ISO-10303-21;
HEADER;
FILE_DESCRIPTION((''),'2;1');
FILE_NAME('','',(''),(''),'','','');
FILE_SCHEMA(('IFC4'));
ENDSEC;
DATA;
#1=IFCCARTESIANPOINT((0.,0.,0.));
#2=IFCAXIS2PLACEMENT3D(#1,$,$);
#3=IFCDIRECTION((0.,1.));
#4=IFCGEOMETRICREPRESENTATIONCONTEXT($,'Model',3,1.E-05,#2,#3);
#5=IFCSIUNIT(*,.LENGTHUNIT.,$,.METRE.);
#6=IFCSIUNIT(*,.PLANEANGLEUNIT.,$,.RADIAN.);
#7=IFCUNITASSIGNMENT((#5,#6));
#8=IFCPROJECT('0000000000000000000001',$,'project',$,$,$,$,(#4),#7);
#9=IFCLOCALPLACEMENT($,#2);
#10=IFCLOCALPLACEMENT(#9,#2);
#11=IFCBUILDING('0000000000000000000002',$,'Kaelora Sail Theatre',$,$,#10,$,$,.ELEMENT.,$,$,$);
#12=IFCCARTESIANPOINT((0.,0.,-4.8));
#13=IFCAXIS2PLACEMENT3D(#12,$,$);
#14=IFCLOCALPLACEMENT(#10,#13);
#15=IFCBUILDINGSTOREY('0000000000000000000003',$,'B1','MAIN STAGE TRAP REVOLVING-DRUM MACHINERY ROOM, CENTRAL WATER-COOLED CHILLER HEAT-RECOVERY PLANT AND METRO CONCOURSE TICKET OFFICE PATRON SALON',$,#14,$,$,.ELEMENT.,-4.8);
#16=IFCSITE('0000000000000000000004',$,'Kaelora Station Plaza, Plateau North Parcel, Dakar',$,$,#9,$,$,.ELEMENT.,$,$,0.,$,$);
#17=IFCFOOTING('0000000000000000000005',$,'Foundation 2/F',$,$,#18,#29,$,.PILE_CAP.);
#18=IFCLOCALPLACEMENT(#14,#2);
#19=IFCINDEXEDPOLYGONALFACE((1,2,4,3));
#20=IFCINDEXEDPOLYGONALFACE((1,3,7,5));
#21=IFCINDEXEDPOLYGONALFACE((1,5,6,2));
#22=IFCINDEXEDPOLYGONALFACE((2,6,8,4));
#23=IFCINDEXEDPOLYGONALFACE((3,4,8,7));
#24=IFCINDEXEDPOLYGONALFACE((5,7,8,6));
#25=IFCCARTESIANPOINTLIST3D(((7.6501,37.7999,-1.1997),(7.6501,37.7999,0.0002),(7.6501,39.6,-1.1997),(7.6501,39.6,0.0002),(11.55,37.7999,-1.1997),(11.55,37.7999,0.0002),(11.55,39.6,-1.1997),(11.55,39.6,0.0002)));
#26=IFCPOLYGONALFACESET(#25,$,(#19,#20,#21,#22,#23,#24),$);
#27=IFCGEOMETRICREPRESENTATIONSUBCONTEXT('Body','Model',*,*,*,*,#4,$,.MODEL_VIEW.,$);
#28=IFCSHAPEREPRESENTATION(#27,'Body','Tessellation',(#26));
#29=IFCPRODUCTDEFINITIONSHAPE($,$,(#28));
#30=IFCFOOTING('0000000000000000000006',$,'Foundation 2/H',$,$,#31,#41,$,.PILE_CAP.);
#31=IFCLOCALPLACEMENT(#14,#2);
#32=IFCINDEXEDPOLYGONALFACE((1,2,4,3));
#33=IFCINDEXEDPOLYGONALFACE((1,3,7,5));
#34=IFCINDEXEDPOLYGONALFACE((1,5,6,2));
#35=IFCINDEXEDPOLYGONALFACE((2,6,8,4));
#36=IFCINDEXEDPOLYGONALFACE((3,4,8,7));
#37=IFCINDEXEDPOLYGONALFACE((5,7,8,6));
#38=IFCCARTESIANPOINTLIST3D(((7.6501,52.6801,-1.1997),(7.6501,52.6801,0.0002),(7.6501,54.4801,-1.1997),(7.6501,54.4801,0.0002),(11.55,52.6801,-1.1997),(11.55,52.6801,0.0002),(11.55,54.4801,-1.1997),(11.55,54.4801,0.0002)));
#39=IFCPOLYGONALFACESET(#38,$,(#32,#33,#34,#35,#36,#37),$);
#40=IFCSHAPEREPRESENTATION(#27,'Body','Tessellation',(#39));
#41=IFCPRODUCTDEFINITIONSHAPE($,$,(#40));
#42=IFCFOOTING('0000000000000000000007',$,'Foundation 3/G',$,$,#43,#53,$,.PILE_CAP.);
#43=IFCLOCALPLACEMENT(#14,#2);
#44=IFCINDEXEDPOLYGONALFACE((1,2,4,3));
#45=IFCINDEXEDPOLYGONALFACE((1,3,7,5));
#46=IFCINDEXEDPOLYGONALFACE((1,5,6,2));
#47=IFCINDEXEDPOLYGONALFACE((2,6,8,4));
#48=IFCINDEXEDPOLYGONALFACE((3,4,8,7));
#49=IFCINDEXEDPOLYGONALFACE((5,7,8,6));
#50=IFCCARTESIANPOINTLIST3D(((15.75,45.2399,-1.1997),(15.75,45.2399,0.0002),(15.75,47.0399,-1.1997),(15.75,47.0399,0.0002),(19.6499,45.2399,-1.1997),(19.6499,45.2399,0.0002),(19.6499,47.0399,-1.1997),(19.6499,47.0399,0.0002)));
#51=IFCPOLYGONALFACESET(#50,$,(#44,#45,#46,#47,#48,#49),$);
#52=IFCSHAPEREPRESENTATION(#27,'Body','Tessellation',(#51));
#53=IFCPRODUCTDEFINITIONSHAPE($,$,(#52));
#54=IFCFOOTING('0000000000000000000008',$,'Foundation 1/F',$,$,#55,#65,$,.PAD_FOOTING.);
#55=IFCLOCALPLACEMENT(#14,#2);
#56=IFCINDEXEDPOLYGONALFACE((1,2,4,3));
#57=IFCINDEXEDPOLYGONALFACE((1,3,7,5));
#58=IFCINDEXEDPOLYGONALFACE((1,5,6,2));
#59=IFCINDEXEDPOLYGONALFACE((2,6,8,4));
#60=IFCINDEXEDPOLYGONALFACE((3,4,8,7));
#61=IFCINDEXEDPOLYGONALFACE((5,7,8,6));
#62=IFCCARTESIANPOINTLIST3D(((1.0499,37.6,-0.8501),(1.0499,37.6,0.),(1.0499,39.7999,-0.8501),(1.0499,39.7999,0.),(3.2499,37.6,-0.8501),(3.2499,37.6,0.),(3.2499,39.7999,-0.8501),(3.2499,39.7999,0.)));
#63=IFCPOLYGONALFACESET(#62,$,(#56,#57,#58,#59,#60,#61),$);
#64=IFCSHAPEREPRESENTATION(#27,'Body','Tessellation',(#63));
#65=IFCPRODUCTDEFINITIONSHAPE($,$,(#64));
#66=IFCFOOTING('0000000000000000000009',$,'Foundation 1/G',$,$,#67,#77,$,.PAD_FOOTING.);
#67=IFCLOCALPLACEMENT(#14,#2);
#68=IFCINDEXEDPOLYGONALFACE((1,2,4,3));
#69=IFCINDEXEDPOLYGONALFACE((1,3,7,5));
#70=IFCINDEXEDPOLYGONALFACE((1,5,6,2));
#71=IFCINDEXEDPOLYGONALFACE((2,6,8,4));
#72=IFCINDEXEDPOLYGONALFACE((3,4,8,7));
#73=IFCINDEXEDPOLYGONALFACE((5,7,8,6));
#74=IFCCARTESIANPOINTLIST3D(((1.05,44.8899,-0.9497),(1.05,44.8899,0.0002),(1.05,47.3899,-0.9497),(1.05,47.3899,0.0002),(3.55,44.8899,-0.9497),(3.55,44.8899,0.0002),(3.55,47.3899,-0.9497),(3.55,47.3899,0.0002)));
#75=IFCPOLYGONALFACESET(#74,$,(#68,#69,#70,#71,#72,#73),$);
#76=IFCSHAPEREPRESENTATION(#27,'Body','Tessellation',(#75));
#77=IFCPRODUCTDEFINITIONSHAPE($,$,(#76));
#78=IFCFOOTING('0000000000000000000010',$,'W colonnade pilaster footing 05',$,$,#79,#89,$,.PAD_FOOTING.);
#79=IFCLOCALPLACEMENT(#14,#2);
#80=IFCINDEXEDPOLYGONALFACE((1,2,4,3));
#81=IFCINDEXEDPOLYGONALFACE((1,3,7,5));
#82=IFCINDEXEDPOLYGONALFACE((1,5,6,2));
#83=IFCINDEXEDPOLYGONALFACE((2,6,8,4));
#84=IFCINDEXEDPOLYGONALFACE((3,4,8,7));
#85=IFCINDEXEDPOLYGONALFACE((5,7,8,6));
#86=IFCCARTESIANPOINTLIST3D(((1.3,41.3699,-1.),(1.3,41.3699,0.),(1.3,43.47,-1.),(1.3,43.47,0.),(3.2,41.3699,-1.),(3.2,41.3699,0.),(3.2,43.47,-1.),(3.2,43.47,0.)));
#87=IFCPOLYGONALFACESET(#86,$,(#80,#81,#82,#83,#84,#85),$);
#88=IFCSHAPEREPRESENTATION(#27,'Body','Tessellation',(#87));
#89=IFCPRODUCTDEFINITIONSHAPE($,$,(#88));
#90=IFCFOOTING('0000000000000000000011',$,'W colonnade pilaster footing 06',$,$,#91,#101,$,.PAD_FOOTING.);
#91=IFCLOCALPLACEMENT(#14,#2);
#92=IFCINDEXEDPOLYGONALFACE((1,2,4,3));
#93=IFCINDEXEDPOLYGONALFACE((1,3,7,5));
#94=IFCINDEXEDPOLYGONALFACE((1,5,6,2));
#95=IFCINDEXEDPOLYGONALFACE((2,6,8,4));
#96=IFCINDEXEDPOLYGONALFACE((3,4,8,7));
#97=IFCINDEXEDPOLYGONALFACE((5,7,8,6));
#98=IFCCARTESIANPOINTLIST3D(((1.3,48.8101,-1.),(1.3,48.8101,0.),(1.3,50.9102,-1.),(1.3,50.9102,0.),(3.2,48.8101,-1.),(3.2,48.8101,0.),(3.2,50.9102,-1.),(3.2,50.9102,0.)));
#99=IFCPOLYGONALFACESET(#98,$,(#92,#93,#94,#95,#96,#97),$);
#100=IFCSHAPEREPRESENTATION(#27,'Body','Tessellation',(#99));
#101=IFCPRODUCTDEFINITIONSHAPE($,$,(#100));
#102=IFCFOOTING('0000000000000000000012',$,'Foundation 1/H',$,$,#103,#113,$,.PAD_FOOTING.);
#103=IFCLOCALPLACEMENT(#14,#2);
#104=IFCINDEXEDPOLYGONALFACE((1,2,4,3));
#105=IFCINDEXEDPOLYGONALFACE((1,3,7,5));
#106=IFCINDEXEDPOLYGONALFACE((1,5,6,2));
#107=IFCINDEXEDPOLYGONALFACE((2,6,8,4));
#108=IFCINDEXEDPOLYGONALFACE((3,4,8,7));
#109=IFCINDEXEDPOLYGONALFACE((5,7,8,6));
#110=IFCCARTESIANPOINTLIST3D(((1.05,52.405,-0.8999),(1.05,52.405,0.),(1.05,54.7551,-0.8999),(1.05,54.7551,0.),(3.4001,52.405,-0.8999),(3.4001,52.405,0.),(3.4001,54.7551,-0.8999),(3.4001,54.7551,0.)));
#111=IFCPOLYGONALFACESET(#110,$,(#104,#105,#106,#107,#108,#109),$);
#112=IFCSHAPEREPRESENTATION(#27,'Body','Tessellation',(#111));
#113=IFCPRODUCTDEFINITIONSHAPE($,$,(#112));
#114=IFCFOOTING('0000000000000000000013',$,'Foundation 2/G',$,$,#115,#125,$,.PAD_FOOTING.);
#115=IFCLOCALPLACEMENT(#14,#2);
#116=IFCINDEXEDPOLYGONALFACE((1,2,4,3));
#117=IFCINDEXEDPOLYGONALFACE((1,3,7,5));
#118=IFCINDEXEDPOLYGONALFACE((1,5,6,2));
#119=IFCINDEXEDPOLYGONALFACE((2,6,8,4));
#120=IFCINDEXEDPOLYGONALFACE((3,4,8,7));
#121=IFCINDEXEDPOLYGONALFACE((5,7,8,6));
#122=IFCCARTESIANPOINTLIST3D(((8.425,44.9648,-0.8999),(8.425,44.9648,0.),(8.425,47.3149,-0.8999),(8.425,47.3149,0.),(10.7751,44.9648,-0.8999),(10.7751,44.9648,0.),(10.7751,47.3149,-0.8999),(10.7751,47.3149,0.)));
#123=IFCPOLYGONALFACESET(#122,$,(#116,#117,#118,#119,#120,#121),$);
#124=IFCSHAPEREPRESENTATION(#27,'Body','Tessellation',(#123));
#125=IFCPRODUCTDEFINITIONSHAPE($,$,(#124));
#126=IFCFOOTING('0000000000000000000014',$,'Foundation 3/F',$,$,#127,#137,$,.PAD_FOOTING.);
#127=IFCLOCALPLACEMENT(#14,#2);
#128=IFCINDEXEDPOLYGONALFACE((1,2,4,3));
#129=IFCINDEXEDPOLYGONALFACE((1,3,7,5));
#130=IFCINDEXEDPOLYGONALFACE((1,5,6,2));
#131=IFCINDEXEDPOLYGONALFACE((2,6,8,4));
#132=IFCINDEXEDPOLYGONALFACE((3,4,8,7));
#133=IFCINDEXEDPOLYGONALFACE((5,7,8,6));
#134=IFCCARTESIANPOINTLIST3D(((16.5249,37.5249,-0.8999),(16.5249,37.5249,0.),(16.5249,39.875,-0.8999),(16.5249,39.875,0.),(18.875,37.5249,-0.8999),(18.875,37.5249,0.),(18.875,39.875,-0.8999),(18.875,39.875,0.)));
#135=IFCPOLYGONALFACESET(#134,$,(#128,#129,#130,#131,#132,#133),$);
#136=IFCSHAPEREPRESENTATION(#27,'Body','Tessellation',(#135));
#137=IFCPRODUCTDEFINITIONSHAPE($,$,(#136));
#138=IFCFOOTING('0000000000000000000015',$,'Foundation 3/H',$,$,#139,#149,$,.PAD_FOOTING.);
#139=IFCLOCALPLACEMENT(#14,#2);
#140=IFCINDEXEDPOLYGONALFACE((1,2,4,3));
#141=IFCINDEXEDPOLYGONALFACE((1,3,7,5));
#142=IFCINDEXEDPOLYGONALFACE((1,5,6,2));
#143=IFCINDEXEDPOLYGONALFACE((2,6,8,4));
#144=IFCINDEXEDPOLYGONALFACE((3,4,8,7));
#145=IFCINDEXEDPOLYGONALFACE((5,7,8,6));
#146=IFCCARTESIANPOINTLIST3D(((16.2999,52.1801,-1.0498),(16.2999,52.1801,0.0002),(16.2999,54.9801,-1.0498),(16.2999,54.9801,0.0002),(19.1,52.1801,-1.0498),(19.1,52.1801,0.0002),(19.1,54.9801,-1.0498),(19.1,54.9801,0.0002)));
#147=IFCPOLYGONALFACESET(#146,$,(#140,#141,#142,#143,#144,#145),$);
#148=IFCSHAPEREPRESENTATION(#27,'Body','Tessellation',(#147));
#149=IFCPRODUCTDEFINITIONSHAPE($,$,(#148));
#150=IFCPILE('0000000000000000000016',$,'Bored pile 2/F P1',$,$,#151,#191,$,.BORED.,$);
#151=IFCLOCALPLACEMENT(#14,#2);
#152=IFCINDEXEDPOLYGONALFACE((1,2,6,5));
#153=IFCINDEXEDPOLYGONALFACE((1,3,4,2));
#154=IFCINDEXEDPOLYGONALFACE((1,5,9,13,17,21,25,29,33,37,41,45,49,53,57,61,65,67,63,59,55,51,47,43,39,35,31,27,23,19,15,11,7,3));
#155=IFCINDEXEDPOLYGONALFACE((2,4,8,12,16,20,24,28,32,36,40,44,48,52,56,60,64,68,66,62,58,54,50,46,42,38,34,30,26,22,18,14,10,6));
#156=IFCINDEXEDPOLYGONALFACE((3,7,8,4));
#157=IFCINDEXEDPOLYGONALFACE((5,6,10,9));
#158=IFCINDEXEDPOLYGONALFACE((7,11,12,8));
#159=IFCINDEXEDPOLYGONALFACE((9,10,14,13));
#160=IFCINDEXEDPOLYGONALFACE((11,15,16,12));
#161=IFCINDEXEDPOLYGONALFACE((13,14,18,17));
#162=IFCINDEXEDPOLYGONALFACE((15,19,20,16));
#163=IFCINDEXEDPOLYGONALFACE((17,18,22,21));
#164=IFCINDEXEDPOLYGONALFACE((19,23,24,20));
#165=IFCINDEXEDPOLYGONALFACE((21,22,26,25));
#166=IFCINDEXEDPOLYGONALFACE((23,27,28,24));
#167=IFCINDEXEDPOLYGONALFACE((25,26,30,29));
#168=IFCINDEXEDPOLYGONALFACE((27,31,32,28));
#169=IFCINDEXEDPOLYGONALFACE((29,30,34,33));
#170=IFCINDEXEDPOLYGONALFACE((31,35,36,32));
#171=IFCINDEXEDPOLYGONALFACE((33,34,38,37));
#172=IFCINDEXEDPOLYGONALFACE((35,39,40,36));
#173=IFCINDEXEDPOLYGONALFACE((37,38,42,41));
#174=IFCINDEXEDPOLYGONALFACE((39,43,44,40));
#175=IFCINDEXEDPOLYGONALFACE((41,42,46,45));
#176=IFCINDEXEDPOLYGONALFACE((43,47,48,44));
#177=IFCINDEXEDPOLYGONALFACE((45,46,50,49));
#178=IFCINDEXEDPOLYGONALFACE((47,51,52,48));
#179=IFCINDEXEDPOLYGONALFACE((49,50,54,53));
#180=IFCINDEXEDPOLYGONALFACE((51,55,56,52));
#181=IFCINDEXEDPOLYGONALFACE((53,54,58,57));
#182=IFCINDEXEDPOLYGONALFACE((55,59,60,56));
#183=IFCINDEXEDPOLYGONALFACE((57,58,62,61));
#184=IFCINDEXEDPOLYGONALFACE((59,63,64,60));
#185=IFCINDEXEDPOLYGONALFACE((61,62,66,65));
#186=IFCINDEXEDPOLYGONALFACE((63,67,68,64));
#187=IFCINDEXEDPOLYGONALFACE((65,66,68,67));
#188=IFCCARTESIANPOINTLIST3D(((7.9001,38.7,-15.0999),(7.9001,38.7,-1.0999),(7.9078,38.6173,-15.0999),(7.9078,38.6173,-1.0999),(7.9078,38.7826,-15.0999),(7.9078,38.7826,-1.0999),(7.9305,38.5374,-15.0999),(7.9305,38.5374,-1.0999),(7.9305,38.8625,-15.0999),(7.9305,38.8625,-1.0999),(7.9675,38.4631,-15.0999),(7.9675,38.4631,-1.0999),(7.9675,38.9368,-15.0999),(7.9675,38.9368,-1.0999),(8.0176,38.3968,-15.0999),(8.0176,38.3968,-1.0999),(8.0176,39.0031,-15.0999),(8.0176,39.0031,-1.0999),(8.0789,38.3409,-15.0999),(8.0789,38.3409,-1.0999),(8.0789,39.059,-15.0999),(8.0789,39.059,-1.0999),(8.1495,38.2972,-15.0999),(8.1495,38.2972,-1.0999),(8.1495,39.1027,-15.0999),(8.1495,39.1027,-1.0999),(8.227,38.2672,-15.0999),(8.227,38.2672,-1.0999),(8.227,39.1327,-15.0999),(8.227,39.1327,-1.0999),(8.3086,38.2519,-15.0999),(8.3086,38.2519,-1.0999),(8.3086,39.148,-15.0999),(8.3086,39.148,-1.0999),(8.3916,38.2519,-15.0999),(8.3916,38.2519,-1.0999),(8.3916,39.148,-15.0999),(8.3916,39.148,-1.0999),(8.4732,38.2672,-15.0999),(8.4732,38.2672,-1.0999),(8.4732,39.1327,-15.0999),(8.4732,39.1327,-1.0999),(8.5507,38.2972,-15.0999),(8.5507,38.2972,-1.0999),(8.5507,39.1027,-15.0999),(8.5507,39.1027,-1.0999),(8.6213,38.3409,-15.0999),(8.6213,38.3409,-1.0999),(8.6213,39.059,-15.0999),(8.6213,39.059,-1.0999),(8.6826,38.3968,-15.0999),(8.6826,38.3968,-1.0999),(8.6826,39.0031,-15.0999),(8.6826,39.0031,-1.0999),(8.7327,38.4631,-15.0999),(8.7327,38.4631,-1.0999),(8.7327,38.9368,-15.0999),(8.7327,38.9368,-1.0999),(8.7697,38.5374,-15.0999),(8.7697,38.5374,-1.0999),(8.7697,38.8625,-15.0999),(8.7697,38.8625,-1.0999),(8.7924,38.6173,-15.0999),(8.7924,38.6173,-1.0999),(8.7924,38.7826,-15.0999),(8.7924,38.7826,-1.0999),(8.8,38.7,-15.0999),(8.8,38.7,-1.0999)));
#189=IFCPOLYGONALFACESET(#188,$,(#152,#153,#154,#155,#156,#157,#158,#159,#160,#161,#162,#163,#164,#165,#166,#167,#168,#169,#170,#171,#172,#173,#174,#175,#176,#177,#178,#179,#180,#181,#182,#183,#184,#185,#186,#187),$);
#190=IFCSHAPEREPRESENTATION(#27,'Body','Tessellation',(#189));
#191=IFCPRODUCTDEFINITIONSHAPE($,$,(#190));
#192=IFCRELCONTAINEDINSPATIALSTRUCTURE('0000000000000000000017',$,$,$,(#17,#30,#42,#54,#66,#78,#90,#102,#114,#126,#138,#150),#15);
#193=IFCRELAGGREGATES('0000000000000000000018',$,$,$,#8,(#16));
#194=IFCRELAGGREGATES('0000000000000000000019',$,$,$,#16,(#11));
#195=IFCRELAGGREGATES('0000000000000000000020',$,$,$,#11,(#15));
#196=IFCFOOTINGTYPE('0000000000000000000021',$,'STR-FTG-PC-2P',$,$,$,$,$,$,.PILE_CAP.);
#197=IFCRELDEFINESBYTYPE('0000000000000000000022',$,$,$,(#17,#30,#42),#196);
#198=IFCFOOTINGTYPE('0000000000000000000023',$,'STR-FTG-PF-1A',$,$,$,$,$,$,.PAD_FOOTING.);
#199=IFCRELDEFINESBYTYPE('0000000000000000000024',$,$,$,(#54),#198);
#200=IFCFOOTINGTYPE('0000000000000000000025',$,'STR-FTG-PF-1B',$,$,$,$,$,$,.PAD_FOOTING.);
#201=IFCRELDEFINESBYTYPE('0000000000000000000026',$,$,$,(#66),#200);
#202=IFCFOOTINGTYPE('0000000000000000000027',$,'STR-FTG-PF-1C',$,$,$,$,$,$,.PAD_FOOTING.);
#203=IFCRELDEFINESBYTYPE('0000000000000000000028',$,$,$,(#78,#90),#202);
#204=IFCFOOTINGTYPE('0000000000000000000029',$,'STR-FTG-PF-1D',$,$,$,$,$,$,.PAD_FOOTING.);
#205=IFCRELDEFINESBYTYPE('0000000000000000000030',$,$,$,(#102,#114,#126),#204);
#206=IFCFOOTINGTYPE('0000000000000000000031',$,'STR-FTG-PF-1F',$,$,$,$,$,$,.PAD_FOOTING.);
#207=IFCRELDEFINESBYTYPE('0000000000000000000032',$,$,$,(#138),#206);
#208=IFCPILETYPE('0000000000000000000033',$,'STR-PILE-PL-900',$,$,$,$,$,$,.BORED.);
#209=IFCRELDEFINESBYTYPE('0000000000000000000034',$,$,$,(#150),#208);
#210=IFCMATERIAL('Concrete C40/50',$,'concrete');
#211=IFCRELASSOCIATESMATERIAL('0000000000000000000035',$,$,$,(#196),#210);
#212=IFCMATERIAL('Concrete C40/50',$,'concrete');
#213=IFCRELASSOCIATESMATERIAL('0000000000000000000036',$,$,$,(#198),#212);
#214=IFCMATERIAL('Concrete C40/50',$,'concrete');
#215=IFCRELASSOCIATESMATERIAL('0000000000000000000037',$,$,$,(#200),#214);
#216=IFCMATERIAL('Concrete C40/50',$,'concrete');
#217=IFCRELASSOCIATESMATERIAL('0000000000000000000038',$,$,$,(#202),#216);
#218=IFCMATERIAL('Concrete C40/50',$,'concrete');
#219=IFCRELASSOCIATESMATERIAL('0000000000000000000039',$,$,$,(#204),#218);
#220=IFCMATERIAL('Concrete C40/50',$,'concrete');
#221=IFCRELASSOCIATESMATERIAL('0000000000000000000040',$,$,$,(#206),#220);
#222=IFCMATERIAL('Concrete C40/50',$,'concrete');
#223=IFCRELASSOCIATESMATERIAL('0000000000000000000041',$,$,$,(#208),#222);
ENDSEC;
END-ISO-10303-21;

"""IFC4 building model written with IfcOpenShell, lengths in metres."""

from ifc_helpers import new_model, si_unit, direction, frame, origin, origin_2d, place, context, subcontext, project, spatial, rectangle, circle, extrude, material, material_profile, profile_set, type_object, element, save


model = new_model("IFC4")

# Units and contexts
model_context = context("Model", 3, precision=1e-05, world=origin(), true_north=direction((0.0, 1.0)))
body_context = subcontext(model_context, "Body", "Model", "MODEL_VIEW")
ifc_project = project(units=[si_unit("LENGTHUNIT", "METRE"), si_unit("PLANEANGLEUNIT", "RADIAN")], contexts=[model_context])

# Site, building, storey
site_placement = place(None, origin())
site = spatial("IfcSite", under=ifc_project, at=site_placement, Name="Kaelora Station Plaza, Plateau North Parcel, Dakar", CompositionType="ELEMENT", RefElevation=0.0)
building_placement = place(site_placement, origin())
building = spatial("IfcBuilding", under=site, at=building_placement, Name="Kaelora Sail Theatre", CompositionType="ELEMENT")
storey_placement = place(building_placement, frame((0.0, 0.0, -4.8)))
storey = spatial("IfcBuildingStorey", under=building, at=storey_placement, Name="B1", Description="MAIN STAGE TRAP REVOLVING-DRUM MACHINERY ROOM, CENTRAL WATER-COOLED CHILLER HEAT-RECOVERY PLANT AND METRO CONCOURSE TICKET OFFICE PATRON SALON", CompositionType="ELEMENT", Elevation=-4.8)

# Footings
ifc_material_1 = material(Name="Concrete C40/50", Category="concrete")
footing_type_1 = type_object("IfcFootingType", Name="STR-FTG-PC-2P", PredefinedType="PILE_CAP", material=ifc_material_1)
for number, where, z_axis, x_axis, name in (
    (1, (9.6001, 38.7, -1.1997), (0.0, 0.0, 1.0), (1.0, 0.0, 0.0), "Foundation 2/F"),
    (2, (9.6001, 53.5801, -1.1997), (0.0, 0.0, 1.0), (1.0, 0.0, 0.0), "Foundation 2/H"),
    (3, (17.7, 46.1399, -1.1997), (0.0, 0.0, 1.0), (1.0, 0.0, 0.0), "Foundation 3/G"),
):
    element("IfcFooting", number, at=place(storey_placement, frame(where, z_axis=z_axis, x_axis=x_axis)), inside=storey, type_object=footing_type_1, Name=name, PredefinedType="PILE_CAP", context=body_context, shape_type="SweptSolid", body=[
        extrude(rectangle(XDim=3.8999, YDim=1.8, at=origin_2d()), origin(), (0.0, 0.0, 1.0), 1.2),
    ])
ifc_material_2 = material(Name="Concrete C40/50", Category="concrete")
footing_type_2 = type_object("IfcFootingType", Name="STR-FTG-PF-1A", PredefinedType="PAD_FOOTING", material=ifc_material_2)
footing_1_placement = place(storey_placement, frame((2.1499, 38.7, -0.8501), z_axis=(0.0, 0.0, 1.0), x_axis=(1.0, 0.0, 0.0)))
element("IfcFooting", 4, at=footing_1_placement, inside=storey, type_object=footing_type_2, Name="Foundation 1/F", PredefinedType="PAD_FOOTING", context=body_context, shape_type="SweptSolid", body=[
    extrude(rectangle(XDim=2.2, YDim=2.2, at=origin_2d()), origin(), (0.0, 0.0, 1.0), 0.8501),
])
ifc_material_3 = material(Name="Concrete C40/50", Category="concrete")
footing_type_3 = type_object("IfcFootingType", Name="STR-FTG-PF-1B", PredefinedType="PAD_FOOTING", material=ifc_material_3)
footing_2_placement = place(storey_placement, frame((2.3, 46.1399, -0.9497), z_axis=(0.0, 0.0, 1.0), x_axis=(1.0, 0.0, 0.0)))
element("IfcFooting", 5, at=footing_2_placement, inside=storey, type_object=footing_type_3, Name="Foundation 1/G", PredefinedType="PAD_FOOTING", context=body_context, shape_type="SweptSolid", body=[
    extrude(rectangle(XDim=2.5, YDim=2.5, at=origin_2d()), origin(), (0.0, 0.0, 1.0), 0.95),
])
ifc_material_4 = material(Name="Concrete C40/50", Category="concrete")
footing_type_4 = type_object("IfcFootingType", Name="STR-FTG-PF-1C", PredefinedType="PAD_FOOTING", material=ifc_material_4)
for number, where, z_axis, x_axis, name in (
    (6, (2.25, 42.4199, -1.0), (0.0, 0.0, 1.0), (1.0, 0.0, 0.0), "W colonnade pilaster footing 05"),
    (7, (2.25, 49.8601, -1.0), (0.0, 0.0, 1.0), (1.0, 0.0, 0.0), "W colonnade pilaster footing 06"),
):
    element("IfcFooting", number, at=place(storey_placement, frame(where, z_axis=z_axis, x_axis=x_axis)), inside=storey, type_object=footing_type_4, Name=name, PredefinedType="PAD_FOOTING", context=body_context, shape_type="SweptSolid", body=[
        extrude(rectangle(XDim=1.8999, YDim=2.1001, at=origin_2d()), origin(), (0.0, 0.0, 1.0), 1.0),
    ])
ifc_material_5 = material(Name="Concrete C40/50", Category="concrete")
footing_type_5 = type_object("IfcFootingType", Name="STR-FTG-PF-1D", PredefinedType="PAD_FOOTING", material=ifc_material_5)
for number, where, z_axis, x_axis, name in (
    (8, (2.2251, 53.5801, -0.8999), (0.0, 0.0, 1.0), (1.0, 0.0, 0.0), "Foundation 1/H"),
    (9, (9.6001, 46.1399, -0.8999), (0.0, 0.0, 1.0), (1.0, 0.0, 0.0), "Foundation 2/G"),
    (10, (17.7, 38.7, -0.8999), (0.0, 0.0, 1.0), (1.0, 0.0, 0.0), "Foundation 3/F"),
):
    element("IfcFooting", number, at=place(storey_placement, frame(where, z_axis=z_axis, x_axis=x_axis)), inside=storey, type_object=footing_type_5, Name=name, PredefinedType="PAD_FOOTING", context=body_context, shape_type="SweptSolid", body=[
        extrude(rectangle(XDim=2.3501, YDim=2.3501, at=origin_2d()), origin(), (0.0, 0.0, 1.0), 0.8999),
    ])
ifc_material_6 = material(Name="Concrete C40/50", Category="concrete")
footing_type_6 = type_object("IfcFootingType", Name="STR-FTG-PF-1F", PredefinedType="PAD_FOOTING", material=ifc_material_6)
footing_3_placement = place(storey_placement, frame((17.7, 53.5801, -1.0498), z_axis=(0.0, 0.0, 1.0), x_axis=(1.0, 0.0, 0.0)))
element("IfcFooting", 11, at=footing_3_placement, inside=storey, type_object=footing_type_6, Name="Foundation 3/H", PredefinedType="PAD_FOOTING", context=body_context, shape_type="SweptSolid", body=[
    extrude(rectangle(XDim=2.8, YDim=2.8, at=origin_2d()), origin(), (0.0, 0.0, 1.0), 1.05),
])

# Pile
ifc_material_7 = material(Name="Concrete C40/50", Category="concrete")
ifc_material_profile_1 = material_profile(ifc_material_7, circle(Radius=0.45, at=origin_2d()), Name="PILE D900")
ifc_profile_set_1 = profile_set([ifc_material_profile_1], Name="Concrete C40/50")
pile_type = type_object("IfcPileType", Name="STR-PILE-PL-900", PredefinedType="BORED", material=ifc_profile_set_1)
for number, where, z_axis, x_axis, name in (
    (12, (8.3501, 38.7, -1.0999), (0.0, 0.0, -1.0), (1.0, 0.0, 0.0), "Bored pile 2/F P1"),
):
    element("IfcPile", number, at=place(storey_placement, frame(where, z_axis=z_axis, x_axis=x_axis)), inside=storey, type_object=pile_type, Name=name, PredefinedType="BORED", context=body_context, shape_type="SweptSolid", body=[
        extrude(circle(Radius=0.45, at=origin_2d()), origin(), (0.0, 0.0, 1.0), 14.0),
    ])

save(model, "model.ifc")
